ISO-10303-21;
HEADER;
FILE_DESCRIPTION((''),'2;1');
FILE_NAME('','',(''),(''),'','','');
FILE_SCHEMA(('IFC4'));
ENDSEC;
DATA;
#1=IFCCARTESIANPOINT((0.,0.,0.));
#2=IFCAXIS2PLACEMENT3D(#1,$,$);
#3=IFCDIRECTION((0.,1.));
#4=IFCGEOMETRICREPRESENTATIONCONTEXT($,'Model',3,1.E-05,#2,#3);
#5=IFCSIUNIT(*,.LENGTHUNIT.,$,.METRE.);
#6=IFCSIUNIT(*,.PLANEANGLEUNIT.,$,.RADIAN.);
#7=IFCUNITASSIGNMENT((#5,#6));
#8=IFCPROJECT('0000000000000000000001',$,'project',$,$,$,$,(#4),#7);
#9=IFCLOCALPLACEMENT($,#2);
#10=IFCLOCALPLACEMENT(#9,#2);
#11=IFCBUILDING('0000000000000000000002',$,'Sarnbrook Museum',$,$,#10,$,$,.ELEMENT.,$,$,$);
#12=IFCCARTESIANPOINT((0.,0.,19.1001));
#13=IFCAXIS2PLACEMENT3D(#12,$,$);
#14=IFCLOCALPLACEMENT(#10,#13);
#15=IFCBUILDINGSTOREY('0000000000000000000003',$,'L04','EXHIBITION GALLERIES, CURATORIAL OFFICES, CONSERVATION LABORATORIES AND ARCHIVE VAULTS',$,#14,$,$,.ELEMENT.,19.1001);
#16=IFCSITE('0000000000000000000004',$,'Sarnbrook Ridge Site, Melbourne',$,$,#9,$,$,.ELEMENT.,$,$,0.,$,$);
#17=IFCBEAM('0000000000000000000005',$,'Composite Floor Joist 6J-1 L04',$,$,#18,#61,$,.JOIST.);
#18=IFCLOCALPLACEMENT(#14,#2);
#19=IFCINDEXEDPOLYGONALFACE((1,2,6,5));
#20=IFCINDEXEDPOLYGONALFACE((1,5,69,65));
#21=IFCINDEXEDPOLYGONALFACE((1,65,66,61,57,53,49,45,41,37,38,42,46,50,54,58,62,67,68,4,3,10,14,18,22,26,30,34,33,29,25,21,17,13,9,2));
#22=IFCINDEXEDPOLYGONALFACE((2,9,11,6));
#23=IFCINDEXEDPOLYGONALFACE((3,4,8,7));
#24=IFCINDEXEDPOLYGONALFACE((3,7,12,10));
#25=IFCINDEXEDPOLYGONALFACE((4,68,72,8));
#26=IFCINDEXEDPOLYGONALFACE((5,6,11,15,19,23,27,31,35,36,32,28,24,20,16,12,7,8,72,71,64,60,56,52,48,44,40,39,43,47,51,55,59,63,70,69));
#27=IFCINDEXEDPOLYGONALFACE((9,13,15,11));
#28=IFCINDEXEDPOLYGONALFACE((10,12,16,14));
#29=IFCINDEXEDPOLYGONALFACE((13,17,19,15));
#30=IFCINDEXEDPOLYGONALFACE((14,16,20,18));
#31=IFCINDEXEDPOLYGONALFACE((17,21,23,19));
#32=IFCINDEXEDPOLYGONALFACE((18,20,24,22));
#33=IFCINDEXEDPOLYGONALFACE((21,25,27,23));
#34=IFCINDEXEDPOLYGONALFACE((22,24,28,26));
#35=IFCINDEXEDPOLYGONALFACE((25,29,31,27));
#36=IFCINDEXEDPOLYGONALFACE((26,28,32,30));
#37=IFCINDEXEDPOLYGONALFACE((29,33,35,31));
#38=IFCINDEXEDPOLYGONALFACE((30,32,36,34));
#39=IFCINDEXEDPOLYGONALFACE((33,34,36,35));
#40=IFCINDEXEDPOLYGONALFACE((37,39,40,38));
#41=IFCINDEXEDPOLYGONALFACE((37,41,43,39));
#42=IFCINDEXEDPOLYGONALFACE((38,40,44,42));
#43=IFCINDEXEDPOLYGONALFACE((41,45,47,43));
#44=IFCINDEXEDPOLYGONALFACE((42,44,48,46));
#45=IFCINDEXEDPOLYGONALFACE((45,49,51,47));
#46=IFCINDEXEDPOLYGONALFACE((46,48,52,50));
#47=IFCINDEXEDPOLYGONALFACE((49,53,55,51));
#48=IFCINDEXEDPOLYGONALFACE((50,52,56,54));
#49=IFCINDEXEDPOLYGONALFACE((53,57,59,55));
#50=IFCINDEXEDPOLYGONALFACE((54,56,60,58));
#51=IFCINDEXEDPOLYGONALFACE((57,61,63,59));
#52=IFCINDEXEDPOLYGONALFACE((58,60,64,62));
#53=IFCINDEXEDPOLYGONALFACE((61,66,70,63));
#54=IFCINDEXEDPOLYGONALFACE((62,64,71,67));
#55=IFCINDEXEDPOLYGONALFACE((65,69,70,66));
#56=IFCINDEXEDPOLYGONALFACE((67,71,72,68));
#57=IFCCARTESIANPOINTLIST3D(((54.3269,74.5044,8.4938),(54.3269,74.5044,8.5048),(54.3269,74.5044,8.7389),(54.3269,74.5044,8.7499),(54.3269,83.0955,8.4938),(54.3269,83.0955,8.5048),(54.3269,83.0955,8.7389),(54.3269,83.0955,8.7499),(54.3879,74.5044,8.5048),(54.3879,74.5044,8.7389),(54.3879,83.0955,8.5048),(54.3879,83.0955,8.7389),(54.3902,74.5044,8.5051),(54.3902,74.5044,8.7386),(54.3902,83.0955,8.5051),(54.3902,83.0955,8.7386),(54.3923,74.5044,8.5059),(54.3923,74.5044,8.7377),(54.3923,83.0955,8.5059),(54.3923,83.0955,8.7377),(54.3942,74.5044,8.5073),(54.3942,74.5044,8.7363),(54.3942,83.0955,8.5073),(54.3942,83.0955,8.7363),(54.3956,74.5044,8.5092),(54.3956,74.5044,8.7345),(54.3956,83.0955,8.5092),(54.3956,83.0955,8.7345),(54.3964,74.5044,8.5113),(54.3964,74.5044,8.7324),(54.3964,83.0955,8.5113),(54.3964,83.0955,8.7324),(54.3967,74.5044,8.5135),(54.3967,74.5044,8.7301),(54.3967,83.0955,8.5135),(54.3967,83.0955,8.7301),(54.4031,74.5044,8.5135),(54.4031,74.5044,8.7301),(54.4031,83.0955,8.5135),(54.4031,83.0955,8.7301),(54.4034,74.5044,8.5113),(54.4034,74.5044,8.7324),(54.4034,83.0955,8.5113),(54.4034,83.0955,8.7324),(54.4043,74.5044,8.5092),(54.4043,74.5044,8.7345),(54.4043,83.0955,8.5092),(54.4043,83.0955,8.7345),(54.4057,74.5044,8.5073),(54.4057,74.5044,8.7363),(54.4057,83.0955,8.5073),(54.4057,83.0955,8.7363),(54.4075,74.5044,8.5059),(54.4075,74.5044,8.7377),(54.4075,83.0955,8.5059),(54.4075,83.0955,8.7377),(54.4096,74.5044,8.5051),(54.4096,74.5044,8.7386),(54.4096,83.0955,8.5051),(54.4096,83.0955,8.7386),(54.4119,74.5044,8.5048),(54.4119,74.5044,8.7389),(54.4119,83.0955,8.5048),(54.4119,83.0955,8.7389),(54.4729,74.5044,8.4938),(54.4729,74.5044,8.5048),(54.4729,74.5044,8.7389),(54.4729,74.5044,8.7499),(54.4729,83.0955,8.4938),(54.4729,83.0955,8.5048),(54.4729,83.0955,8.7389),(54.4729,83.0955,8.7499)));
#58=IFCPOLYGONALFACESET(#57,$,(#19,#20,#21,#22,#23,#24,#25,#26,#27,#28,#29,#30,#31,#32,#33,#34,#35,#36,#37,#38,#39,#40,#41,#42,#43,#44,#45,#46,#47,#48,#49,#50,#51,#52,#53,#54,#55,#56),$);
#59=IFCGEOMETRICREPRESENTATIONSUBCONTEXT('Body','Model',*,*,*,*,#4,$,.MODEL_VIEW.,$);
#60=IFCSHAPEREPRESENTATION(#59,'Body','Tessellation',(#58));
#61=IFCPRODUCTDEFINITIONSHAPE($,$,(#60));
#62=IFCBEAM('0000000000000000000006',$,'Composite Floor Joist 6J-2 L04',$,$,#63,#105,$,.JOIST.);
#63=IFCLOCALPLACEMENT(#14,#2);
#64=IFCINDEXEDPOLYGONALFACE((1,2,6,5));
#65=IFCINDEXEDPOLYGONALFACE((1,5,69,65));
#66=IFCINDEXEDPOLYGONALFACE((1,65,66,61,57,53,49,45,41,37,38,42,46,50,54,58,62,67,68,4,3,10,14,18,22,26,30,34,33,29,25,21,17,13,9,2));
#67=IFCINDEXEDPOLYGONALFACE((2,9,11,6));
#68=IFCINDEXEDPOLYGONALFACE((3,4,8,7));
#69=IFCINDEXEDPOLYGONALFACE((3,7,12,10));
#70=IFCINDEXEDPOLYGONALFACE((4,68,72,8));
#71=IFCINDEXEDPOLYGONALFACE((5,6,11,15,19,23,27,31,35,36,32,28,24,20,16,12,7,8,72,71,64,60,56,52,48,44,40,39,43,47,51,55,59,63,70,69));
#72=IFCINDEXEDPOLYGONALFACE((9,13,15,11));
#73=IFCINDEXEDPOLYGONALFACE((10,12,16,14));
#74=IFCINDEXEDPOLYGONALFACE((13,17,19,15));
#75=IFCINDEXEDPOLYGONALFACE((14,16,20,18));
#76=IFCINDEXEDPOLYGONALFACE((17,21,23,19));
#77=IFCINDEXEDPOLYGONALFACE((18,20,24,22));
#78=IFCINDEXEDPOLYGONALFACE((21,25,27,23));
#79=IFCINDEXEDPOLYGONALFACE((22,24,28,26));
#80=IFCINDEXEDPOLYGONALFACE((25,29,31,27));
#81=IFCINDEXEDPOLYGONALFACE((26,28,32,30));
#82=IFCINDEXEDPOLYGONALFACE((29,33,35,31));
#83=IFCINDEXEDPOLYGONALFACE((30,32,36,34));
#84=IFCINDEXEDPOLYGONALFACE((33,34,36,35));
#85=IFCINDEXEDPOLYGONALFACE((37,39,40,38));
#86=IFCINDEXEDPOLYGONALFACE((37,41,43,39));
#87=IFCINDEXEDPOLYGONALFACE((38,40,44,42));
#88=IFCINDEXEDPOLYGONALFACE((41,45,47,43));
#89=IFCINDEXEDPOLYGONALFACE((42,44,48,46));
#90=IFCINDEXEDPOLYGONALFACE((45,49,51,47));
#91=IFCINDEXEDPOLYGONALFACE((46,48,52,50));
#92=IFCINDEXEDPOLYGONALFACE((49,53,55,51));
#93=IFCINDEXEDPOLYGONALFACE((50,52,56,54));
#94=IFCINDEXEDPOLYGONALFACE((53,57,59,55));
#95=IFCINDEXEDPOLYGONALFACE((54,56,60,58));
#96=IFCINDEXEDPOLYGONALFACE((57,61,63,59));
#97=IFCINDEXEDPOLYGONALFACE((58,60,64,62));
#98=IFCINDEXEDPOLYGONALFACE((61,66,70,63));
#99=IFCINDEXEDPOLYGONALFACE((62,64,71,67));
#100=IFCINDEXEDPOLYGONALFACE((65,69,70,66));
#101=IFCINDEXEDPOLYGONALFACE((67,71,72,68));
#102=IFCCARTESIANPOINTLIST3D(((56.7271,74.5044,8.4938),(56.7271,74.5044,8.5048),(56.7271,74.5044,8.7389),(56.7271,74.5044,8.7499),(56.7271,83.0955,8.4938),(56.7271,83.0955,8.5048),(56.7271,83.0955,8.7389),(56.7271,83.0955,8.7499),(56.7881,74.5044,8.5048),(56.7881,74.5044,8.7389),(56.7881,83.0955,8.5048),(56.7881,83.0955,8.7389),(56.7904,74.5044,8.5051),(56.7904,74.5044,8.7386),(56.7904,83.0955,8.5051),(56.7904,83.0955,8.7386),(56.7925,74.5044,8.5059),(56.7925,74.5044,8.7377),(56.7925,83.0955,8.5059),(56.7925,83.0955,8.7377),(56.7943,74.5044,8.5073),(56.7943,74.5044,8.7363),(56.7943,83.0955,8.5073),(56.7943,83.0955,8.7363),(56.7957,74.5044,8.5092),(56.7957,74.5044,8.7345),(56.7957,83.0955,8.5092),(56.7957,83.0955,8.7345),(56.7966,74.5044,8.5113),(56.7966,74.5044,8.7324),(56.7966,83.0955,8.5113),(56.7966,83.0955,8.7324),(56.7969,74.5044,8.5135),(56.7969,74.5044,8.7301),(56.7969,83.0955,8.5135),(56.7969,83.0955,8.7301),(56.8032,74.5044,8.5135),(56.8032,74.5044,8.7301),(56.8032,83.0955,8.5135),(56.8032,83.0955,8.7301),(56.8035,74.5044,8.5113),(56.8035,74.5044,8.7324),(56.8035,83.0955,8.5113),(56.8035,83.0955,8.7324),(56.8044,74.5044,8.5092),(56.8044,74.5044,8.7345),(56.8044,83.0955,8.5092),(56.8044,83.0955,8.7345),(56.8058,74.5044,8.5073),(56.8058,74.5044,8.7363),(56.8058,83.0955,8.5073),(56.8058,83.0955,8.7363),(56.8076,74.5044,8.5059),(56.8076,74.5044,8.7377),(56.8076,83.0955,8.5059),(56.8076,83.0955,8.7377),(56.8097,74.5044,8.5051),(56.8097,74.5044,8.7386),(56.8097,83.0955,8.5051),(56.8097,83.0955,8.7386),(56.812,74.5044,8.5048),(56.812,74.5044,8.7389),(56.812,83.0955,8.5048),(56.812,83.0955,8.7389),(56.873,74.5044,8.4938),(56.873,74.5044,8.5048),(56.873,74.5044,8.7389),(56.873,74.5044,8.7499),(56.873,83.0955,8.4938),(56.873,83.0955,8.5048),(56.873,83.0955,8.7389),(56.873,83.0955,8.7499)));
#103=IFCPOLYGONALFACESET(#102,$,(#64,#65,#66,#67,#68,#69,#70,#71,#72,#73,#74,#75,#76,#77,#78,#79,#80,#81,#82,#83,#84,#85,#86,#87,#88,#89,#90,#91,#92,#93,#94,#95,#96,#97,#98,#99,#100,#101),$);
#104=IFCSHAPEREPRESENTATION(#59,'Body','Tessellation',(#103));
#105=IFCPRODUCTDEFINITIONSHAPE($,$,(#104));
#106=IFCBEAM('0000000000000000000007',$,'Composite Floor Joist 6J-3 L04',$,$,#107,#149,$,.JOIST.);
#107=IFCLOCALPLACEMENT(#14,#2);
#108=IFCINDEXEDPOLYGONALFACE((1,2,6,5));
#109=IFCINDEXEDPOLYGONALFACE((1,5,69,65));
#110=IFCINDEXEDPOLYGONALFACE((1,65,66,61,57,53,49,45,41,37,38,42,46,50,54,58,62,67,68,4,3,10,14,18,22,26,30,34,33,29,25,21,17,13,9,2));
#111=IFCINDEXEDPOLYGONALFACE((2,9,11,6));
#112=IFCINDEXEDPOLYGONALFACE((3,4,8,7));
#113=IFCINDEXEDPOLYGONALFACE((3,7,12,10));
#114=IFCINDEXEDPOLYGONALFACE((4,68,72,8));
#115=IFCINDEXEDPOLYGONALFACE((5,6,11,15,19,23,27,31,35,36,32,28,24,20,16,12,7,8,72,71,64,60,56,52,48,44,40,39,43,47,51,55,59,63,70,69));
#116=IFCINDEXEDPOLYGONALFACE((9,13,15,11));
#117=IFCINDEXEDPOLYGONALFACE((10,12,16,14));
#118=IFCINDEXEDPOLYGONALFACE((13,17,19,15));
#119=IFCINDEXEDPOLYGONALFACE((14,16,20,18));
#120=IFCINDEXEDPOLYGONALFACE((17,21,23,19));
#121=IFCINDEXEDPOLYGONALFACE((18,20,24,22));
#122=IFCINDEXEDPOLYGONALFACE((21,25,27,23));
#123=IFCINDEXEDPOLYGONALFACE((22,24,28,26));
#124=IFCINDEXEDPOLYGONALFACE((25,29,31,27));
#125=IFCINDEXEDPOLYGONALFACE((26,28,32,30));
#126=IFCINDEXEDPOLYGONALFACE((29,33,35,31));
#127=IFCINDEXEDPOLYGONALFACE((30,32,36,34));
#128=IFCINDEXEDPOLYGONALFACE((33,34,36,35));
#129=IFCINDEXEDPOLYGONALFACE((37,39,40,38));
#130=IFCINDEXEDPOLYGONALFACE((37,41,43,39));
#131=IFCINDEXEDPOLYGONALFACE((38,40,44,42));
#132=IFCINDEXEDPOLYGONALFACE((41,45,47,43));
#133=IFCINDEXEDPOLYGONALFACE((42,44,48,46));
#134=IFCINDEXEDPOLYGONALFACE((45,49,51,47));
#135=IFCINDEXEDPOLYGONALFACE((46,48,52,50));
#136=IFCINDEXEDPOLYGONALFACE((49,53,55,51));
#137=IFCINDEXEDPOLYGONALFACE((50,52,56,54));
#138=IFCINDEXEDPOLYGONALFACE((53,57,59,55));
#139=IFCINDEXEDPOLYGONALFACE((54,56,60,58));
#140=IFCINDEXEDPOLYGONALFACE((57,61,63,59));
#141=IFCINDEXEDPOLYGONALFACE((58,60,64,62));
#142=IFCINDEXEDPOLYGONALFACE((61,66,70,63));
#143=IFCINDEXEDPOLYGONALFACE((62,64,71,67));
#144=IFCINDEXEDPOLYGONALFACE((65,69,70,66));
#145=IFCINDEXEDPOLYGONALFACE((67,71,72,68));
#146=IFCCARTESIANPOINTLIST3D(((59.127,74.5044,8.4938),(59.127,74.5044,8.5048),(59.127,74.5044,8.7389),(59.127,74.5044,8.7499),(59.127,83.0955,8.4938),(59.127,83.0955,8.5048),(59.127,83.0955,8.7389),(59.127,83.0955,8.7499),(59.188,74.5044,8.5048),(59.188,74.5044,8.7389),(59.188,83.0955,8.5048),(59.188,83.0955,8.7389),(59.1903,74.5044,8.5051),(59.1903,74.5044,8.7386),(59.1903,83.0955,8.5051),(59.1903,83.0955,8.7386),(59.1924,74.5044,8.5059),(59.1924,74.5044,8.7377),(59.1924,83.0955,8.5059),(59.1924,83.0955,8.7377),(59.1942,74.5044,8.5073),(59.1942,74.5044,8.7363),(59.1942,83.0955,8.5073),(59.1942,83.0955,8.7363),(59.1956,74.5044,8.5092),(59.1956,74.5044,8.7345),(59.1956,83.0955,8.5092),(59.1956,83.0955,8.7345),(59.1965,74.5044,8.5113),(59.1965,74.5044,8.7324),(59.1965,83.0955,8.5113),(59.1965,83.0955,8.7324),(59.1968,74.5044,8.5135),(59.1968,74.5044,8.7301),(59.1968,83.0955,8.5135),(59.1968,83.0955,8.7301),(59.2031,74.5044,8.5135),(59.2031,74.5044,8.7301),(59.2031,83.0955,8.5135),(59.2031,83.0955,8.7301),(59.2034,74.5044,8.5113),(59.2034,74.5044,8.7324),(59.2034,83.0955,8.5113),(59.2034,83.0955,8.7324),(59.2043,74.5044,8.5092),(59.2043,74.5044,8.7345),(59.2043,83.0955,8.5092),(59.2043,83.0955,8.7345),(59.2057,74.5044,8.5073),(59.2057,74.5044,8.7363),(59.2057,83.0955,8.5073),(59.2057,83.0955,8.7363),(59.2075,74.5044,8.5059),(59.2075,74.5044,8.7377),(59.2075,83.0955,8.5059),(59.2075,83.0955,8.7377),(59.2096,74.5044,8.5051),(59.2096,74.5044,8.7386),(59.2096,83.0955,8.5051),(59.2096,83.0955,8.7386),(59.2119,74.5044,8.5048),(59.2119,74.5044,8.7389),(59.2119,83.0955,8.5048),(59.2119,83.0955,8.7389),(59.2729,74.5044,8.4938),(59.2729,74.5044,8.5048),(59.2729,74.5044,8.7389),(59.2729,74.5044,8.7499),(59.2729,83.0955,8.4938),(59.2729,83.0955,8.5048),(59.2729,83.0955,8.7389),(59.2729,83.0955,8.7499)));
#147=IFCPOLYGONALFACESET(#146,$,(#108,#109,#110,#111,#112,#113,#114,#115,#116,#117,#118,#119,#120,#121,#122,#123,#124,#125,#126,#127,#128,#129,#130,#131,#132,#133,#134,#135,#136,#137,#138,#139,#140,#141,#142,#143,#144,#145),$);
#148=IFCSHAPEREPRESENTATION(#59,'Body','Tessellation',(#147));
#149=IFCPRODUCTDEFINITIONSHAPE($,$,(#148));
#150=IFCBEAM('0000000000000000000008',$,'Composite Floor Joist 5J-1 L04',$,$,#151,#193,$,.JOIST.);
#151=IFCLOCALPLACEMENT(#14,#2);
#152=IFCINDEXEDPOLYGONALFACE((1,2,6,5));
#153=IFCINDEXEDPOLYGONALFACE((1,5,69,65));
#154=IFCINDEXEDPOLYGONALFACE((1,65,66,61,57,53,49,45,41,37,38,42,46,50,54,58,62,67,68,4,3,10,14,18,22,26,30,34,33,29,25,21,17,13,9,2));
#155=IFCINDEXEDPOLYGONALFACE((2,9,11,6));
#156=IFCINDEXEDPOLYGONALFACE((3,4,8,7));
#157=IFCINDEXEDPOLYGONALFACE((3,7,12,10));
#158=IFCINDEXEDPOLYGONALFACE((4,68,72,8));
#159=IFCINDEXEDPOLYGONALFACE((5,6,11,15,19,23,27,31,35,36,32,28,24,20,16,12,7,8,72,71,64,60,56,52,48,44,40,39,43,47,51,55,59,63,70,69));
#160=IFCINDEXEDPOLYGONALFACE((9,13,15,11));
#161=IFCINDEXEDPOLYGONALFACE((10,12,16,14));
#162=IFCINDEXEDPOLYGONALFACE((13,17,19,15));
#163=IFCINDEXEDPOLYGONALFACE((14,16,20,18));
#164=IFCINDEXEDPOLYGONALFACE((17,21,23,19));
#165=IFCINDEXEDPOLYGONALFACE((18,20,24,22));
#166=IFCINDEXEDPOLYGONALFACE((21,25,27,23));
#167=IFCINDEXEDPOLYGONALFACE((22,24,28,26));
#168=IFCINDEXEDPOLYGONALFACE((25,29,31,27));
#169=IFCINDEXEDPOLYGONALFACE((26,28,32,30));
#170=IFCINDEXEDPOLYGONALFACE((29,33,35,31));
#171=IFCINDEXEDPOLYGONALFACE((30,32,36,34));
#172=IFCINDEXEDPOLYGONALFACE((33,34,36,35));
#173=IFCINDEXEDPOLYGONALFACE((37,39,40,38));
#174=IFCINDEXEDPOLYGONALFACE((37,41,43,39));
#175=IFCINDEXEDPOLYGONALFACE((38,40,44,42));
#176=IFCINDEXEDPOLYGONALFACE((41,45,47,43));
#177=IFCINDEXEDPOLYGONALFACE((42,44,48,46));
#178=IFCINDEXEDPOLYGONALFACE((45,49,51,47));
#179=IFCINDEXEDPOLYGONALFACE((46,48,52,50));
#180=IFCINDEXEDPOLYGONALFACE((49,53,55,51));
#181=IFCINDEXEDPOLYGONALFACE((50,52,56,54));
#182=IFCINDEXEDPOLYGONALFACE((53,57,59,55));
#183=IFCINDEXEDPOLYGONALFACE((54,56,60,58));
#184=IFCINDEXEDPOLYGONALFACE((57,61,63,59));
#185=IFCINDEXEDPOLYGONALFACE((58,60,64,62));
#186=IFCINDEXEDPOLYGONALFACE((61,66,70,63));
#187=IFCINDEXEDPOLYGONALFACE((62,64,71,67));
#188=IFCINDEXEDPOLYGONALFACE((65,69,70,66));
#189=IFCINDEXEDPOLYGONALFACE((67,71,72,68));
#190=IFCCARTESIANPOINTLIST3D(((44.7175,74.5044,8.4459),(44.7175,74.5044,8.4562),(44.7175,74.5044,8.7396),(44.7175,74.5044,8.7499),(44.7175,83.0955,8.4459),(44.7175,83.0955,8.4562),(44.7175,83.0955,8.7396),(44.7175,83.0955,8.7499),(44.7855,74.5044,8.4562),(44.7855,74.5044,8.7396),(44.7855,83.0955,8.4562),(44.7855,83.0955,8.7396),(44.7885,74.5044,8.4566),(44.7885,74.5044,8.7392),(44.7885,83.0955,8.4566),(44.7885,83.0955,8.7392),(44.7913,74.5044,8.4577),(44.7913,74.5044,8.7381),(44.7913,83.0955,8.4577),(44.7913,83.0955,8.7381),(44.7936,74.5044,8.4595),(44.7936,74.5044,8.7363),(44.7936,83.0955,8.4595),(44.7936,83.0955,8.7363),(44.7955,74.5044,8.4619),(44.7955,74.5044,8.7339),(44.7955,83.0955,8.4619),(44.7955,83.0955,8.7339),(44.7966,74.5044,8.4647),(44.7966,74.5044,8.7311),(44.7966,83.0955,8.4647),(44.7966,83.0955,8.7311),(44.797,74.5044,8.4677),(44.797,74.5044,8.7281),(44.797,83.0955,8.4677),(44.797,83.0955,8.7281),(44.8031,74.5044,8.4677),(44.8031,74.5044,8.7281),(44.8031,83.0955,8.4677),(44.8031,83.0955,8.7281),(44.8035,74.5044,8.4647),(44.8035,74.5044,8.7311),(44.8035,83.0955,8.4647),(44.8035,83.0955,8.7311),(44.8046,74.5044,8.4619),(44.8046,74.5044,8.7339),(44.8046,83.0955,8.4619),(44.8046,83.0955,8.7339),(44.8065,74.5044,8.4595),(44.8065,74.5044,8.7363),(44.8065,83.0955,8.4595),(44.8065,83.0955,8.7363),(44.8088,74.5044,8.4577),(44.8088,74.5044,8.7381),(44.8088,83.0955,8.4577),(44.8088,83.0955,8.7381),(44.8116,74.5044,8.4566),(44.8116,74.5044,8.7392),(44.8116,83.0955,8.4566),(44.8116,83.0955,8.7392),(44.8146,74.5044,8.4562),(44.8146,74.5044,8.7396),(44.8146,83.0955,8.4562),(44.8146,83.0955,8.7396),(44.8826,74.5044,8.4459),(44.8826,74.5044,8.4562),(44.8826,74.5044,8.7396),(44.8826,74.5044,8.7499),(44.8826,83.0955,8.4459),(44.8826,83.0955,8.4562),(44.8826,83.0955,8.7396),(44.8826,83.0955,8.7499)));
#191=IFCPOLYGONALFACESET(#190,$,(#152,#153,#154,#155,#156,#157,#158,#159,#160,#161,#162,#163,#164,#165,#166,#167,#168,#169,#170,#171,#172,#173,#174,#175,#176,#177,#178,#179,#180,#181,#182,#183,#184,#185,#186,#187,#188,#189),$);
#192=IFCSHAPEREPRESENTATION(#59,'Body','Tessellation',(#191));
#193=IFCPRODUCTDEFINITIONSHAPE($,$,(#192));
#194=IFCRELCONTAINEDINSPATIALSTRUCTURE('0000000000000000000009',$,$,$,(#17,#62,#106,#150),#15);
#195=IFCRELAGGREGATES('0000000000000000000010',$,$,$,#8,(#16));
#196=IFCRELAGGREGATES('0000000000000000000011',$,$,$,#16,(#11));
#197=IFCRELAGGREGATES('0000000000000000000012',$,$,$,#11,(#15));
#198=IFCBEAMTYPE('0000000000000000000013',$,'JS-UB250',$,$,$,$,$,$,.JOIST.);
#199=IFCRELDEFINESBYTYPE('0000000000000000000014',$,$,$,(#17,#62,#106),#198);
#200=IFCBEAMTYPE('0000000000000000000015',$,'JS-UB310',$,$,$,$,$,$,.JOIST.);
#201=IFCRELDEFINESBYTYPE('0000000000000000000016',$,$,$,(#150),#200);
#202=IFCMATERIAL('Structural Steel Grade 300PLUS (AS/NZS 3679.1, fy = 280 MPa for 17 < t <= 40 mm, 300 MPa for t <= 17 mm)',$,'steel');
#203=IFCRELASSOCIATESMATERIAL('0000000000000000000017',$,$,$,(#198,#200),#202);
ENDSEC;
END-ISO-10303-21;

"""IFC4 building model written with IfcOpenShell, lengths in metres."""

from ifc_helpers import new_model, si_unit, direction, frame, origin, origin_2d, place, context, subcontext, project, spatial, i_section, extrude, material, material_profile, profile_set, type_object, element, save


model = new_model("IFC4")

# Units and contexts
model_context = context("Model", 3, precision=1e-05, world=origin(), true_north=direction((0.0, 1.0)))
body_context = subcontext(model_context, "Body", "Model", "MODEL_VIEW")
ifc_project = project(units=[si_unit("LENGTHUNIT", "METRE"), si_unit("PLANEANGLEUNIT", "RADIAN")], contexts=[model_context])

# Site, building, storey
site_placement = place(None, origin())
site = spatial("IfcSite", under=ifc_project, at=site_placement, Name="Sarnbrook Ridge Site, Melbourne", CompositionType="ELEMENT", RefElevation=0.0)
building_placement = place(site_placement, origin())
building = spatial("IfcBuilding", under=site, at=building_placement, Name="Sarnbrook Museum", CompositionType="ELEMENT")
storey_placement = place(building_placement, frame((0.0, 0.0, 19.1001)))
storey = spatial("IfcBuildingStorey", under=building, at=storey_placement, Name="L04", Description="EXHIBITION GALLERIES, CURATORIAL OFFICES, CONSERVATION LABORATORIES AND ARCHIVE VAULTS", CompositionType="ELEMENT", Elevation=19.1001)

# Shared definitions
ifc_material_1 = material(Name="Structural Steel Grade 300PLUS (AS/NZS 3679.1, fy = 280 MPa for 17 < t <= 40 mm, 300 MPa for t <= 17 mm)", Category="steel")

# Beams
ifc_material_profile_1 = material_profile(ifc_material_1, i_section(OverallWidth=0.146, OverallDepth=0.2561, WebThickness=0.0063, FlangeThickness=0.011, FilletRadius=0.0088, at=origin_2d()), Name="250UB37.3")
ifc_profile_set_1 = profile_set([ifc_material_profile_1], Name="Structural Steel Grade 300PLUS (AS/NZS 3679.1, fy = 280 MPa for 17 < t <= 40 mm, 300 MPa for t <= 17 mm)")
beam_type_1 = type_object("IfcBeamType", Name="JS-UB250", PredefinedType="JOIST", material=ifc_profile_set_1)
for number, where, z_axis, x_axis, name in (
    (1, (54.3999, 74.5044, 8.6218), (0.0, 1.0, 0.0), (-1.0, 0.0, 0.0), "Composite Floor Joist 6J-1 L04"),
    (2, (56.8, 74.5044, 8.6218), (0.0, 1.0, 0.0), (-1.0, 0.0, 0.0), "Composite Floor Joist 6J-2 L04"),
    (3, (59.2, 74.5044, 8.6218), (0.0, 1.0, 0.0), (-1.0, 0.0, 0.0), "Composite Floor Joist 6J-3 L04"),
):
    element("IfcBeam", number, at=place(storey_placement, frame(where, z_axis=z_axis, x_axis=x_axis)), inside=storey, type_object=beam_type_1, Name=name, PredefinedType="JOIST", context=body_context, shape_type="SweptSolid", body=[
        extrude(i_section(OverallWidth=0.146, OverallDepth=0.2561, WebThickness=0.0063, FlangeThickness=0.011, FilletRadius=0.0088, at=origin_2d()), origin(), (0.0, 0.0, 1.0), 8.5911),
    ])
ifc_material_profile_2 = material_profile(ifc_material_1, i_section(OverallWidth=0.165, OverallDepth=0.304, WebThickness=0.0061, FlangeThickness=0.0103, FilletRadius=0.0115, at=origin_2d()), Name="310UB40.4")
ifc_profile_set_2 = profile_set([ifc_material_profile_2], Name="Structural Steel Grade 300PLUS (AS/NZS 3679.1, fy = 280 MPa for 17 < t <= 40 mm, 300 MPa for t <= 17 mm)")
beam_type_2 = type_object("IfcBeamType", Name="JS-UB310", PredefinedType="JOIST", material=ifc_profile_set_2)
for number, where, z_axis, x_axis, name in (
    (4, (44.8, 74.5044, 8.5979), (0.0, 1.0, 0.0), (-1.0, 0.0, 0.0), "Composite Floor Joist 5J-1 L04"),
):
    element("IfcBeam", number, at=place(storey_placement, frame(where, z_axis=z_axis, x_axis=x_axis)), inside=storey, type_object=beam_type_2, Name=name, PredefinedType="JOIST", context=body_context, shape_type="SweptSolid", body=[
        extrude(i_section(OverallWidth=0.165, OverallDepth=0.304, WebThickness=0.0061, FlangeThickness=0.0103, FilletRadius=0.0115, at=origin_2d()), origin(), (0.0, 0.0, 1.0), 8.5911),
    ])

save(model, "model.ifc")
